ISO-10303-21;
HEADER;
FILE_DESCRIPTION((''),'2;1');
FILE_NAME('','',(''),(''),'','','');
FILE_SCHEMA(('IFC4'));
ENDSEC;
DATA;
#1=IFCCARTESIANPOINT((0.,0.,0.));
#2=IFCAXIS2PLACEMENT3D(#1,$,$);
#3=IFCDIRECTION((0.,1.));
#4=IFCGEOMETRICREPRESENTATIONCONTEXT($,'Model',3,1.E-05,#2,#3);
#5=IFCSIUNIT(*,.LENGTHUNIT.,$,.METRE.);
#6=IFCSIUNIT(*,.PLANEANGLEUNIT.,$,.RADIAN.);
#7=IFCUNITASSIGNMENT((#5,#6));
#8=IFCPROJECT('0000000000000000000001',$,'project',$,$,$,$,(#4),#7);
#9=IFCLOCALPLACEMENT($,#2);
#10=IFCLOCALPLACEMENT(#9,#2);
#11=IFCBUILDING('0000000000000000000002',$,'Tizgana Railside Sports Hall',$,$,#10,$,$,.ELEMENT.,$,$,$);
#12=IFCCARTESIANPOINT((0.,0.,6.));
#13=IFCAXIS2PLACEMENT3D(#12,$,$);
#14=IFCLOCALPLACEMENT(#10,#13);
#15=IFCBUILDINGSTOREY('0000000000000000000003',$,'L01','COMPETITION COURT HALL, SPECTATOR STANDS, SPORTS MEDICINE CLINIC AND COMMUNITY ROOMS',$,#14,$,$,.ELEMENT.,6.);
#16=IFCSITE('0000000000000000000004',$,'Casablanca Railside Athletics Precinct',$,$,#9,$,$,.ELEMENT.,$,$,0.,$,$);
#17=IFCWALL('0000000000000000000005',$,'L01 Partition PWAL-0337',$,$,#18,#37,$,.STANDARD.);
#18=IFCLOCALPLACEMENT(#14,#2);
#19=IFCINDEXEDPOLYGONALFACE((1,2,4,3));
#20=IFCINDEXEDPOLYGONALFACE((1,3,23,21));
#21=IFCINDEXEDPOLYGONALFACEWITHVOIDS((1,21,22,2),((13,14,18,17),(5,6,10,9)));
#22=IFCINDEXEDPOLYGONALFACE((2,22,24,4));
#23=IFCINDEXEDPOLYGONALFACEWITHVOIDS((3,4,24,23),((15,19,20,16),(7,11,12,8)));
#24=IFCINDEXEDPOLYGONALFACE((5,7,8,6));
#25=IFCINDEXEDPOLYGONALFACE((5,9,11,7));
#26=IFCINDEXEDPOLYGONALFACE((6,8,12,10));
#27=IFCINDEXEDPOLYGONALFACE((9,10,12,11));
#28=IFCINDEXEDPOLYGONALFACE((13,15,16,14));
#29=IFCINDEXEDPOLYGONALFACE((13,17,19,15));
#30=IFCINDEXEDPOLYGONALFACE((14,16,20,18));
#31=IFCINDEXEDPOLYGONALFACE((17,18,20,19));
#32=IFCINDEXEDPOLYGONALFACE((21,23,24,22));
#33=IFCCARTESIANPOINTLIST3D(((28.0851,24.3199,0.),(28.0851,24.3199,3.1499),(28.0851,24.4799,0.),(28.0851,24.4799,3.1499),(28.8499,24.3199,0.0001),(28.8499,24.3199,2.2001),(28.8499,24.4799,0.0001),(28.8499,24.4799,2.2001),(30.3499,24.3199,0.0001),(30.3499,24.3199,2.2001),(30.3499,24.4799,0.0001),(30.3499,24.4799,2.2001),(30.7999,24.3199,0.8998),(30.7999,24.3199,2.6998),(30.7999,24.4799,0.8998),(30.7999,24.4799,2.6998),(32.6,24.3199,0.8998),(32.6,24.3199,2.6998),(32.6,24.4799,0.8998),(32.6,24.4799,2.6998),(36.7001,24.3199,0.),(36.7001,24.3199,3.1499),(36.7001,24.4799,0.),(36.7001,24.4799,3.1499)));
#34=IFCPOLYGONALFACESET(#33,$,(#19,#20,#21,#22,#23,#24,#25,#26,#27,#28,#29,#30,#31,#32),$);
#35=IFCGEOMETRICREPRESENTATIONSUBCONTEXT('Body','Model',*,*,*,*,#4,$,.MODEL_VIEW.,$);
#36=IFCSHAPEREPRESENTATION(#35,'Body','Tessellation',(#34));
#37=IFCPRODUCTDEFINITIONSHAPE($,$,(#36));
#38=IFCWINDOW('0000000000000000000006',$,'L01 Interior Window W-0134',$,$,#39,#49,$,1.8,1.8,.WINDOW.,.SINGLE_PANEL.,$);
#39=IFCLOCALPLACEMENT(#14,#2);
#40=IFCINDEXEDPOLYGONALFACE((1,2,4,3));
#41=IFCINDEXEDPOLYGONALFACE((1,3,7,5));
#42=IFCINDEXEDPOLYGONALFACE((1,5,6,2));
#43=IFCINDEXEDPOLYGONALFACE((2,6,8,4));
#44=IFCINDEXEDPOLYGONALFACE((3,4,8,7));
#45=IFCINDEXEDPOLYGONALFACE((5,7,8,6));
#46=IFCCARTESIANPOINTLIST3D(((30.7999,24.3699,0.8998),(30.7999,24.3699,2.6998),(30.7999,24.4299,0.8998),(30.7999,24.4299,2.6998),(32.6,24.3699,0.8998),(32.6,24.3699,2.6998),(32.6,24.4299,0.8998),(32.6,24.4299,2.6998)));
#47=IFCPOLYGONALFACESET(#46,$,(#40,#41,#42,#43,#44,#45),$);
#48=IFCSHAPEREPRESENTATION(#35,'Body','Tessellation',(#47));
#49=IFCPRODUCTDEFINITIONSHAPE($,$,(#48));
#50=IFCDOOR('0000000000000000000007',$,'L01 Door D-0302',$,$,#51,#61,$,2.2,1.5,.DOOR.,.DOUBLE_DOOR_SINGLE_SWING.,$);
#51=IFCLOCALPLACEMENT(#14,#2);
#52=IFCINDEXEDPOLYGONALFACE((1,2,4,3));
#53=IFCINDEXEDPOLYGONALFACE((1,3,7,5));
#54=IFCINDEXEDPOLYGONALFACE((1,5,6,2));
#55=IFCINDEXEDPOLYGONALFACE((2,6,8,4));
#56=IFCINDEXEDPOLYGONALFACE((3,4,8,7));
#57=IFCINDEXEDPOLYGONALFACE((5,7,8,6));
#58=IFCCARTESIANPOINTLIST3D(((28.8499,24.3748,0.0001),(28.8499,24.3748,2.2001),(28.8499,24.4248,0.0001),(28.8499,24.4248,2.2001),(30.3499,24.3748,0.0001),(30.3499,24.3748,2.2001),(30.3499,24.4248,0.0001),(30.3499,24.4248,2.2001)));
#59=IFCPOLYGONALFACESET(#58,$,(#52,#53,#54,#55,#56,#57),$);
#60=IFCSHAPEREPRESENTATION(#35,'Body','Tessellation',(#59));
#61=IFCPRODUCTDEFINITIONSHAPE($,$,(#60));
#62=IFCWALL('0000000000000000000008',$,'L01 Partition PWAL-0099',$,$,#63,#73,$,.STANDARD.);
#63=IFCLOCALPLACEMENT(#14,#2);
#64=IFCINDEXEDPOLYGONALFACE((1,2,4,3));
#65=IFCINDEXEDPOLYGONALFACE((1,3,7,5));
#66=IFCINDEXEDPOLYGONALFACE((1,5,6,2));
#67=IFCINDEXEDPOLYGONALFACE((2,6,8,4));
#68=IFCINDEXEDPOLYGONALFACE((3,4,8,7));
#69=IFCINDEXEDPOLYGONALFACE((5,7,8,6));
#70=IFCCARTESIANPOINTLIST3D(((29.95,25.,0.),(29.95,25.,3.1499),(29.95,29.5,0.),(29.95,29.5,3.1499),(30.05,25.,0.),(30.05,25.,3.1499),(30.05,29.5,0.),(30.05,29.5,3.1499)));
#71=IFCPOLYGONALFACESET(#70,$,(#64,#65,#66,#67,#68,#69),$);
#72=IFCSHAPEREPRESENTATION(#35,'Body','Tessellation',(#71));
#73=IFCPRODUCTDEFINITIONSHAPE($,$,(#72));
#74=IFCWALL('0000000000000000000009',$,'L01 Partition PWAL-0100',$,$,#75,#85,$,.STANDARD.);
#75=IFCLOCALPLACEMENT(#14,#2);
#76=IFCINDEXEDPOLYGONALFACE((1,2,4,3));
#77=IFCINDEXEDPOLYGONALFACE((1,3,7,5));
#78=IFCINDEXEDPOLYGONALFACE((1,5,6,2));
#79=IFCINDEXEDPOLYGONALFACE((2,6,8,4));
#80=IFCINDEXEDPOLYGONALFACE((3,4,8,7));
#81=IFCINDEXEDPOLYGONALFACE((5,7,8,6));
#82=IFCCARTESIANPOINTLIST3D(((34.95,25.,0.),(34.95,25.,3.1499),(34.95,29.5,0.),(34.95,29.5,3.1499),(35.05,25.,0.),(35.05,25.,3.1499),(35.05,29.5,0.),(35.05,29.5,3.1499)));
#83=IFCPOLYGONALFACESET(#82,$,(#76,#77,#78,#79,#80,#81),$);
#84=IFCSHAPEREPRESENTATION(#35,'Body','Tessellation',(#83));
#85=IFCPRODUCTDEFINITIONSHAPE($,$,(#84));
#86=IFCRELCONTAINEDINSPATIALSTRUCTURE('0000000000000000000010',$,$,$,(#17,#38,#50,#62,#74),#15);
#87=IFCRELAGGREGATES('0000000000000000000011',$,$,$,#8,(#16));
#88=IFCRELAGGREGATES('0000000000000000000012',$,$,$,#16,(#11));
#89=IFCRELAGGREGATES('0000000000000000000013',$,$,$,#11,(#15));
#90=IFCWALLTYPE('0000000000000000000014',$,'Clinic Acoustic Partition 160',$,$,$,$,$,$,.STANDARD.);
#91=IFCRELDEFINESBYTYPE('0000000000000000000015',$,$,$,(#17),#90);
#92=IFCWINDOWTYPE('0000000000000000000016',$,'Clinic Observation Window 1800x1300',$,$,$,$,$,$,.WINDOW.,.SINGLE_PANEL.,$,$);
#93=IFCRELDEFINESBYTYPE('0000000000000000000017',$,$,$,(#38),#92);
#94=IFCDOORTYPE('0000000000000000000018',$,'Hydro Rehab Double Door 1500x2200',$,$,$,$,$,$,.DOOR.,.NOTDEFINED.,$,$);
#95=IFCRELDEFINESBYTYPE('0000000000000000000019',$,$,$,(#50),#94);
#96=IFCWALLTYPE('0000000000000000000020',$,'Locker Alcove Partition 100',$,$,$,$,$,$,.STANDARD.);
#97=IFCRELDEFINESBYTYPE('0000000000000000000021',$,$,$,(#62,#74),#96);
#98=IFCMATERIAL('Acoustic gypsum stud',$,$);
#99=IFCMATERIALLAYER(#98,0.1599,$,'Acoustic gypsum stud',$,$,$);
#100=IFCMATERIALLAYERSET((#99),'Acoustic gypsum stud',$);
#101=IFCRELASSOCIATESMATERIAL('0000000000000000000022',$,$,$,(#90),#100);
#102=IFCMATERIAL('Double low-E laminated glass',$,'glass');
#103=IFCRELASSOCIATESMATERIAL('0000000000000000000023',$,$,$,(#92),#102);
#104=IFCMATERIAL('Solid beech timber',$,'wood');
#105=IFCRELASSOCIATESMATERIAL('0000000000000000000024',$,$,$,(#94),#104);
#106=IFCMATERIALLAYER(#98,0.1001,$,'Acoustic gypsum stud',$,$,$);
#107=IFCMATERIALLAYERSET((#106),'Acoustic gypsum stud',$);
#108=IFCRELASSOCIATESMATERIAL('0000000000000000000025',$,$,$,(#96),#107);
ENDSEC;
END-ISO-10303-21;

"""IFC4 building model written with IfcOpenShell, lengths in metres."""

from ifc_helpers import new_model, si_unit, direction, frame, frame_2d, origin, place, context, subcontext, project, spatial, rectangle, extrude, material, layer, layer_set, type_object, element, fill, save


model = new_model("IFC4")

# Units and contexts
model_context = context("Model", 3, precision=1e-05, world=origin(), true_north=direction((0.0, 1.0)))
body_context = subcontext(model_context, "Body", "Model", "MODEL_VIEW")
ifc_project = project(units=[si_unit("LENGTHUNIT", "METRE"), si_unit("PLANEANGLEUNIT", "RADIAN")], contexts=[model_context])

# Site, building, storey
site_placement = place(None, origin())
site = spatial("IfcSite", under=ifc_project, at=site_placement, Name="Casablanca Railside Athletics Precinct", CompositionType="ELEMENT", RefElevation=0.0)
building_placement = place(site_placement, origin())
building = spatial("IfcBuilding", under=site, at=building_placement, Name="Tizgana Railside Sports Hall", CompositionType="ELEMENT")
storey_placement = place(building_placement, frame((0.0, 0.0, 6.0)))
storey = spatial("IfcBuildingStorey", under=building, at=storey_placement, Name="L01", Description="COMPETITION COURT HALL, SPECTATOR STANDS, SPORTS MEDICINE CLINIC AND COMMUNITY ROOMS", CompositionType="ELEMENT", Elevation=6.0)

# Shared definitions
ifc_material_1 = material(Name="Double low-E laminated glass", Category="glass")

# Wall, openings, window, door
ifc_material_2 = material(Name="Acoustic gypsum stud")
ifc_layer_1 = layer(ifc_material_2, 0.1599, Name="Acoustic gypsum stud")
ifc_layer_set_1 = layer_set([ifc_layer_1], Name="Acoustic gypsum stud")
wall_type_1 = type_object("IfcWallType", Name="Clinic Acoustic Partition 160", PredefinedType="STANDARD", material=ifc_layer_set_1)
wall_placement = place(storey_placement, frame((28.085, 24.3999, 0.0), z_axis=(0.0, 0.0, 1.0), x_axis=(1.0, 0.0, 0.0)))
wall = element("IfcWall", 1, at=wall_placement, inside=storey, type_object=wall_type_1, Name="L01 Partition PWAL-0337", PredefinedType="STANDARD", context=body_context, shape_type="SweptSolid", body=[
    extrude(rectangle(XDim=8.615, YDim=0.1599, at=frame_2d((4.3076, 0.0))), origin(), (0.0, 0.0, 1.0), 3.1499),
])
opening_1_placement = place(wall_placement, frame((0.7649, 0.0, 0.0)))
opening_1 = element("IfcOpeningElement", 2, at=opening_1_placement, cuts=wall, PredefinedType="OPENING", context=body_context, shape_type="SweptSolid", body=[
    extrude(rectangle(XDim=1.5, YDim=2.2, at=frame_2d((0.75, 1.1001))), frame((0.0, 0.0898, 0.0), z_axis=(0.0, -1.0, 0.0), x_axis=(1.0, 0.0, 0.0)), (0.0, 0.0, 1.0), 0.1799),
])
opening_2_placement = place(wall_placement, frame((2.7151, 0.0, 0.8999)))
opening_2 = element("IfcOpeningElement", 3, at=opening_2_placement, cuts=wall, PredefinedType="OPENING", context=body_context, shape_type="SweptSolid", body=[
    extrude(rectangle(XDim=1.8, YDim=1.8, at=frame_2d((0.8999, 0.8999))), frame((0.0, 0.0898, 0.0), z_axis=(0.0, -1.0, 0.0), x_axis=(1.0, 0.0, 0.0)), (0.0, 0.0, 1.0), 0.1799),
])
window_type = type_object("IfcWindowType", Name="Clinic Observation Window 1800x1300", PartitioningType="SINGLE_PANEL", PredefinedType="WINDOW", material=ifc_material_1)
window_placement = place(opening_2_placement, origin())
window = element("IfcWindow", 4, at=window_placement, inside=storey, type_object=window_type, Name="L01 Interior Window W-0134", OverallHeight=1.8, OverallWidth=1.8, PartitioningType="SINGLE_PANEL", PredefinedType="WINDOW", context=body_context, shape_type="SweptSolid", body=[
    extrude(rectangle(XDim=1.8, YDim=1.8, at=frame_2d((0.8999, 0.8999))), frame((0.0, 0.03, 0.0), z_axis=(0.0, -1.0, 0.0), x_axis=(1.0, 0.0, 0.0)), (0.0, 0.0, 1.0), 0.0601),
])
fill(opening_2, window)
ifc_material_3 = material(Name="Solid beech timber", Category="wood")
door_type = type_object("IfcDoorType", Name="Hydro Rehab Double Door 1500x2200", OperationType="NOTDEFINED", PredefinedType="DOOR", material=ifc_material_3)
door_placement = place(opening_1_placement, origin())
door = element("IfcDoor", 5, at=door_placement, inside=storey, type_object=door_type, Name="L01 Door D-0302", OperationType="DOUBLE_DOOR_SINGLE_SWING", OverallHeight=2.2, OverallWidth=1.5, PredefinedType="DOOR", context=body_context, shape_type="SweptSolid", body=[
    extrude(rectangle(XDim=1.5, YDim=2.2, at=frame_2d((0.75, 1.1001))), frame((0.0, 0.0249, 0.0), z_axis=(0.0, -1.0, 0.0), x_axis=(1.0, 0.0, 0.0)), (0.0, 0.0, 1.0), 0.05),
])
fill(opening_1, door)

# Walls
ifc_layer_2 = layer(ifc_material_2, 0.1001, Name="Acoustic gypsum stud")
ifc_layer_set_2 = layer_set([ifc_layer_2], Name="Acoustic gypsum stud")
wall_type_2 = type_object("IfcWallType", Name="Locker Alcove Partition 100", PredefinedType="STANDARD", material=ifc_layer_set_2)
for number, where, z_axis, x_axis, name in (
    (6, (30.0, 25.0, 0.0), (0.0, 0.0, 1.0), (0.0, 1.0, 0.0), "L01 Partition PWAL-0099"),
    (7, (35.0, 25.0, 0.0), (0.0, 0.0, 1.0), (0.0, 1.0, 0.0), "L01 Partition PWAL-0100"),
):
    element("IfcWall", number, at=place(storey_placement, frame(where, z_axis=z_axis, x_axis=x_axis)), inside=storey, type_object=wall_type_2, Name=name, PredefinedType="STANDARD", context=body_context, shape_type="SweptSolid", body=[
        extrude(rectangle(XDim=4.5, YDim=0.1001, at=frame_2d((2.25, 0.0))), origin(), (0.0, 0.0, 1.0), 3.1499),
    ])

save(model, "model.ifc")
